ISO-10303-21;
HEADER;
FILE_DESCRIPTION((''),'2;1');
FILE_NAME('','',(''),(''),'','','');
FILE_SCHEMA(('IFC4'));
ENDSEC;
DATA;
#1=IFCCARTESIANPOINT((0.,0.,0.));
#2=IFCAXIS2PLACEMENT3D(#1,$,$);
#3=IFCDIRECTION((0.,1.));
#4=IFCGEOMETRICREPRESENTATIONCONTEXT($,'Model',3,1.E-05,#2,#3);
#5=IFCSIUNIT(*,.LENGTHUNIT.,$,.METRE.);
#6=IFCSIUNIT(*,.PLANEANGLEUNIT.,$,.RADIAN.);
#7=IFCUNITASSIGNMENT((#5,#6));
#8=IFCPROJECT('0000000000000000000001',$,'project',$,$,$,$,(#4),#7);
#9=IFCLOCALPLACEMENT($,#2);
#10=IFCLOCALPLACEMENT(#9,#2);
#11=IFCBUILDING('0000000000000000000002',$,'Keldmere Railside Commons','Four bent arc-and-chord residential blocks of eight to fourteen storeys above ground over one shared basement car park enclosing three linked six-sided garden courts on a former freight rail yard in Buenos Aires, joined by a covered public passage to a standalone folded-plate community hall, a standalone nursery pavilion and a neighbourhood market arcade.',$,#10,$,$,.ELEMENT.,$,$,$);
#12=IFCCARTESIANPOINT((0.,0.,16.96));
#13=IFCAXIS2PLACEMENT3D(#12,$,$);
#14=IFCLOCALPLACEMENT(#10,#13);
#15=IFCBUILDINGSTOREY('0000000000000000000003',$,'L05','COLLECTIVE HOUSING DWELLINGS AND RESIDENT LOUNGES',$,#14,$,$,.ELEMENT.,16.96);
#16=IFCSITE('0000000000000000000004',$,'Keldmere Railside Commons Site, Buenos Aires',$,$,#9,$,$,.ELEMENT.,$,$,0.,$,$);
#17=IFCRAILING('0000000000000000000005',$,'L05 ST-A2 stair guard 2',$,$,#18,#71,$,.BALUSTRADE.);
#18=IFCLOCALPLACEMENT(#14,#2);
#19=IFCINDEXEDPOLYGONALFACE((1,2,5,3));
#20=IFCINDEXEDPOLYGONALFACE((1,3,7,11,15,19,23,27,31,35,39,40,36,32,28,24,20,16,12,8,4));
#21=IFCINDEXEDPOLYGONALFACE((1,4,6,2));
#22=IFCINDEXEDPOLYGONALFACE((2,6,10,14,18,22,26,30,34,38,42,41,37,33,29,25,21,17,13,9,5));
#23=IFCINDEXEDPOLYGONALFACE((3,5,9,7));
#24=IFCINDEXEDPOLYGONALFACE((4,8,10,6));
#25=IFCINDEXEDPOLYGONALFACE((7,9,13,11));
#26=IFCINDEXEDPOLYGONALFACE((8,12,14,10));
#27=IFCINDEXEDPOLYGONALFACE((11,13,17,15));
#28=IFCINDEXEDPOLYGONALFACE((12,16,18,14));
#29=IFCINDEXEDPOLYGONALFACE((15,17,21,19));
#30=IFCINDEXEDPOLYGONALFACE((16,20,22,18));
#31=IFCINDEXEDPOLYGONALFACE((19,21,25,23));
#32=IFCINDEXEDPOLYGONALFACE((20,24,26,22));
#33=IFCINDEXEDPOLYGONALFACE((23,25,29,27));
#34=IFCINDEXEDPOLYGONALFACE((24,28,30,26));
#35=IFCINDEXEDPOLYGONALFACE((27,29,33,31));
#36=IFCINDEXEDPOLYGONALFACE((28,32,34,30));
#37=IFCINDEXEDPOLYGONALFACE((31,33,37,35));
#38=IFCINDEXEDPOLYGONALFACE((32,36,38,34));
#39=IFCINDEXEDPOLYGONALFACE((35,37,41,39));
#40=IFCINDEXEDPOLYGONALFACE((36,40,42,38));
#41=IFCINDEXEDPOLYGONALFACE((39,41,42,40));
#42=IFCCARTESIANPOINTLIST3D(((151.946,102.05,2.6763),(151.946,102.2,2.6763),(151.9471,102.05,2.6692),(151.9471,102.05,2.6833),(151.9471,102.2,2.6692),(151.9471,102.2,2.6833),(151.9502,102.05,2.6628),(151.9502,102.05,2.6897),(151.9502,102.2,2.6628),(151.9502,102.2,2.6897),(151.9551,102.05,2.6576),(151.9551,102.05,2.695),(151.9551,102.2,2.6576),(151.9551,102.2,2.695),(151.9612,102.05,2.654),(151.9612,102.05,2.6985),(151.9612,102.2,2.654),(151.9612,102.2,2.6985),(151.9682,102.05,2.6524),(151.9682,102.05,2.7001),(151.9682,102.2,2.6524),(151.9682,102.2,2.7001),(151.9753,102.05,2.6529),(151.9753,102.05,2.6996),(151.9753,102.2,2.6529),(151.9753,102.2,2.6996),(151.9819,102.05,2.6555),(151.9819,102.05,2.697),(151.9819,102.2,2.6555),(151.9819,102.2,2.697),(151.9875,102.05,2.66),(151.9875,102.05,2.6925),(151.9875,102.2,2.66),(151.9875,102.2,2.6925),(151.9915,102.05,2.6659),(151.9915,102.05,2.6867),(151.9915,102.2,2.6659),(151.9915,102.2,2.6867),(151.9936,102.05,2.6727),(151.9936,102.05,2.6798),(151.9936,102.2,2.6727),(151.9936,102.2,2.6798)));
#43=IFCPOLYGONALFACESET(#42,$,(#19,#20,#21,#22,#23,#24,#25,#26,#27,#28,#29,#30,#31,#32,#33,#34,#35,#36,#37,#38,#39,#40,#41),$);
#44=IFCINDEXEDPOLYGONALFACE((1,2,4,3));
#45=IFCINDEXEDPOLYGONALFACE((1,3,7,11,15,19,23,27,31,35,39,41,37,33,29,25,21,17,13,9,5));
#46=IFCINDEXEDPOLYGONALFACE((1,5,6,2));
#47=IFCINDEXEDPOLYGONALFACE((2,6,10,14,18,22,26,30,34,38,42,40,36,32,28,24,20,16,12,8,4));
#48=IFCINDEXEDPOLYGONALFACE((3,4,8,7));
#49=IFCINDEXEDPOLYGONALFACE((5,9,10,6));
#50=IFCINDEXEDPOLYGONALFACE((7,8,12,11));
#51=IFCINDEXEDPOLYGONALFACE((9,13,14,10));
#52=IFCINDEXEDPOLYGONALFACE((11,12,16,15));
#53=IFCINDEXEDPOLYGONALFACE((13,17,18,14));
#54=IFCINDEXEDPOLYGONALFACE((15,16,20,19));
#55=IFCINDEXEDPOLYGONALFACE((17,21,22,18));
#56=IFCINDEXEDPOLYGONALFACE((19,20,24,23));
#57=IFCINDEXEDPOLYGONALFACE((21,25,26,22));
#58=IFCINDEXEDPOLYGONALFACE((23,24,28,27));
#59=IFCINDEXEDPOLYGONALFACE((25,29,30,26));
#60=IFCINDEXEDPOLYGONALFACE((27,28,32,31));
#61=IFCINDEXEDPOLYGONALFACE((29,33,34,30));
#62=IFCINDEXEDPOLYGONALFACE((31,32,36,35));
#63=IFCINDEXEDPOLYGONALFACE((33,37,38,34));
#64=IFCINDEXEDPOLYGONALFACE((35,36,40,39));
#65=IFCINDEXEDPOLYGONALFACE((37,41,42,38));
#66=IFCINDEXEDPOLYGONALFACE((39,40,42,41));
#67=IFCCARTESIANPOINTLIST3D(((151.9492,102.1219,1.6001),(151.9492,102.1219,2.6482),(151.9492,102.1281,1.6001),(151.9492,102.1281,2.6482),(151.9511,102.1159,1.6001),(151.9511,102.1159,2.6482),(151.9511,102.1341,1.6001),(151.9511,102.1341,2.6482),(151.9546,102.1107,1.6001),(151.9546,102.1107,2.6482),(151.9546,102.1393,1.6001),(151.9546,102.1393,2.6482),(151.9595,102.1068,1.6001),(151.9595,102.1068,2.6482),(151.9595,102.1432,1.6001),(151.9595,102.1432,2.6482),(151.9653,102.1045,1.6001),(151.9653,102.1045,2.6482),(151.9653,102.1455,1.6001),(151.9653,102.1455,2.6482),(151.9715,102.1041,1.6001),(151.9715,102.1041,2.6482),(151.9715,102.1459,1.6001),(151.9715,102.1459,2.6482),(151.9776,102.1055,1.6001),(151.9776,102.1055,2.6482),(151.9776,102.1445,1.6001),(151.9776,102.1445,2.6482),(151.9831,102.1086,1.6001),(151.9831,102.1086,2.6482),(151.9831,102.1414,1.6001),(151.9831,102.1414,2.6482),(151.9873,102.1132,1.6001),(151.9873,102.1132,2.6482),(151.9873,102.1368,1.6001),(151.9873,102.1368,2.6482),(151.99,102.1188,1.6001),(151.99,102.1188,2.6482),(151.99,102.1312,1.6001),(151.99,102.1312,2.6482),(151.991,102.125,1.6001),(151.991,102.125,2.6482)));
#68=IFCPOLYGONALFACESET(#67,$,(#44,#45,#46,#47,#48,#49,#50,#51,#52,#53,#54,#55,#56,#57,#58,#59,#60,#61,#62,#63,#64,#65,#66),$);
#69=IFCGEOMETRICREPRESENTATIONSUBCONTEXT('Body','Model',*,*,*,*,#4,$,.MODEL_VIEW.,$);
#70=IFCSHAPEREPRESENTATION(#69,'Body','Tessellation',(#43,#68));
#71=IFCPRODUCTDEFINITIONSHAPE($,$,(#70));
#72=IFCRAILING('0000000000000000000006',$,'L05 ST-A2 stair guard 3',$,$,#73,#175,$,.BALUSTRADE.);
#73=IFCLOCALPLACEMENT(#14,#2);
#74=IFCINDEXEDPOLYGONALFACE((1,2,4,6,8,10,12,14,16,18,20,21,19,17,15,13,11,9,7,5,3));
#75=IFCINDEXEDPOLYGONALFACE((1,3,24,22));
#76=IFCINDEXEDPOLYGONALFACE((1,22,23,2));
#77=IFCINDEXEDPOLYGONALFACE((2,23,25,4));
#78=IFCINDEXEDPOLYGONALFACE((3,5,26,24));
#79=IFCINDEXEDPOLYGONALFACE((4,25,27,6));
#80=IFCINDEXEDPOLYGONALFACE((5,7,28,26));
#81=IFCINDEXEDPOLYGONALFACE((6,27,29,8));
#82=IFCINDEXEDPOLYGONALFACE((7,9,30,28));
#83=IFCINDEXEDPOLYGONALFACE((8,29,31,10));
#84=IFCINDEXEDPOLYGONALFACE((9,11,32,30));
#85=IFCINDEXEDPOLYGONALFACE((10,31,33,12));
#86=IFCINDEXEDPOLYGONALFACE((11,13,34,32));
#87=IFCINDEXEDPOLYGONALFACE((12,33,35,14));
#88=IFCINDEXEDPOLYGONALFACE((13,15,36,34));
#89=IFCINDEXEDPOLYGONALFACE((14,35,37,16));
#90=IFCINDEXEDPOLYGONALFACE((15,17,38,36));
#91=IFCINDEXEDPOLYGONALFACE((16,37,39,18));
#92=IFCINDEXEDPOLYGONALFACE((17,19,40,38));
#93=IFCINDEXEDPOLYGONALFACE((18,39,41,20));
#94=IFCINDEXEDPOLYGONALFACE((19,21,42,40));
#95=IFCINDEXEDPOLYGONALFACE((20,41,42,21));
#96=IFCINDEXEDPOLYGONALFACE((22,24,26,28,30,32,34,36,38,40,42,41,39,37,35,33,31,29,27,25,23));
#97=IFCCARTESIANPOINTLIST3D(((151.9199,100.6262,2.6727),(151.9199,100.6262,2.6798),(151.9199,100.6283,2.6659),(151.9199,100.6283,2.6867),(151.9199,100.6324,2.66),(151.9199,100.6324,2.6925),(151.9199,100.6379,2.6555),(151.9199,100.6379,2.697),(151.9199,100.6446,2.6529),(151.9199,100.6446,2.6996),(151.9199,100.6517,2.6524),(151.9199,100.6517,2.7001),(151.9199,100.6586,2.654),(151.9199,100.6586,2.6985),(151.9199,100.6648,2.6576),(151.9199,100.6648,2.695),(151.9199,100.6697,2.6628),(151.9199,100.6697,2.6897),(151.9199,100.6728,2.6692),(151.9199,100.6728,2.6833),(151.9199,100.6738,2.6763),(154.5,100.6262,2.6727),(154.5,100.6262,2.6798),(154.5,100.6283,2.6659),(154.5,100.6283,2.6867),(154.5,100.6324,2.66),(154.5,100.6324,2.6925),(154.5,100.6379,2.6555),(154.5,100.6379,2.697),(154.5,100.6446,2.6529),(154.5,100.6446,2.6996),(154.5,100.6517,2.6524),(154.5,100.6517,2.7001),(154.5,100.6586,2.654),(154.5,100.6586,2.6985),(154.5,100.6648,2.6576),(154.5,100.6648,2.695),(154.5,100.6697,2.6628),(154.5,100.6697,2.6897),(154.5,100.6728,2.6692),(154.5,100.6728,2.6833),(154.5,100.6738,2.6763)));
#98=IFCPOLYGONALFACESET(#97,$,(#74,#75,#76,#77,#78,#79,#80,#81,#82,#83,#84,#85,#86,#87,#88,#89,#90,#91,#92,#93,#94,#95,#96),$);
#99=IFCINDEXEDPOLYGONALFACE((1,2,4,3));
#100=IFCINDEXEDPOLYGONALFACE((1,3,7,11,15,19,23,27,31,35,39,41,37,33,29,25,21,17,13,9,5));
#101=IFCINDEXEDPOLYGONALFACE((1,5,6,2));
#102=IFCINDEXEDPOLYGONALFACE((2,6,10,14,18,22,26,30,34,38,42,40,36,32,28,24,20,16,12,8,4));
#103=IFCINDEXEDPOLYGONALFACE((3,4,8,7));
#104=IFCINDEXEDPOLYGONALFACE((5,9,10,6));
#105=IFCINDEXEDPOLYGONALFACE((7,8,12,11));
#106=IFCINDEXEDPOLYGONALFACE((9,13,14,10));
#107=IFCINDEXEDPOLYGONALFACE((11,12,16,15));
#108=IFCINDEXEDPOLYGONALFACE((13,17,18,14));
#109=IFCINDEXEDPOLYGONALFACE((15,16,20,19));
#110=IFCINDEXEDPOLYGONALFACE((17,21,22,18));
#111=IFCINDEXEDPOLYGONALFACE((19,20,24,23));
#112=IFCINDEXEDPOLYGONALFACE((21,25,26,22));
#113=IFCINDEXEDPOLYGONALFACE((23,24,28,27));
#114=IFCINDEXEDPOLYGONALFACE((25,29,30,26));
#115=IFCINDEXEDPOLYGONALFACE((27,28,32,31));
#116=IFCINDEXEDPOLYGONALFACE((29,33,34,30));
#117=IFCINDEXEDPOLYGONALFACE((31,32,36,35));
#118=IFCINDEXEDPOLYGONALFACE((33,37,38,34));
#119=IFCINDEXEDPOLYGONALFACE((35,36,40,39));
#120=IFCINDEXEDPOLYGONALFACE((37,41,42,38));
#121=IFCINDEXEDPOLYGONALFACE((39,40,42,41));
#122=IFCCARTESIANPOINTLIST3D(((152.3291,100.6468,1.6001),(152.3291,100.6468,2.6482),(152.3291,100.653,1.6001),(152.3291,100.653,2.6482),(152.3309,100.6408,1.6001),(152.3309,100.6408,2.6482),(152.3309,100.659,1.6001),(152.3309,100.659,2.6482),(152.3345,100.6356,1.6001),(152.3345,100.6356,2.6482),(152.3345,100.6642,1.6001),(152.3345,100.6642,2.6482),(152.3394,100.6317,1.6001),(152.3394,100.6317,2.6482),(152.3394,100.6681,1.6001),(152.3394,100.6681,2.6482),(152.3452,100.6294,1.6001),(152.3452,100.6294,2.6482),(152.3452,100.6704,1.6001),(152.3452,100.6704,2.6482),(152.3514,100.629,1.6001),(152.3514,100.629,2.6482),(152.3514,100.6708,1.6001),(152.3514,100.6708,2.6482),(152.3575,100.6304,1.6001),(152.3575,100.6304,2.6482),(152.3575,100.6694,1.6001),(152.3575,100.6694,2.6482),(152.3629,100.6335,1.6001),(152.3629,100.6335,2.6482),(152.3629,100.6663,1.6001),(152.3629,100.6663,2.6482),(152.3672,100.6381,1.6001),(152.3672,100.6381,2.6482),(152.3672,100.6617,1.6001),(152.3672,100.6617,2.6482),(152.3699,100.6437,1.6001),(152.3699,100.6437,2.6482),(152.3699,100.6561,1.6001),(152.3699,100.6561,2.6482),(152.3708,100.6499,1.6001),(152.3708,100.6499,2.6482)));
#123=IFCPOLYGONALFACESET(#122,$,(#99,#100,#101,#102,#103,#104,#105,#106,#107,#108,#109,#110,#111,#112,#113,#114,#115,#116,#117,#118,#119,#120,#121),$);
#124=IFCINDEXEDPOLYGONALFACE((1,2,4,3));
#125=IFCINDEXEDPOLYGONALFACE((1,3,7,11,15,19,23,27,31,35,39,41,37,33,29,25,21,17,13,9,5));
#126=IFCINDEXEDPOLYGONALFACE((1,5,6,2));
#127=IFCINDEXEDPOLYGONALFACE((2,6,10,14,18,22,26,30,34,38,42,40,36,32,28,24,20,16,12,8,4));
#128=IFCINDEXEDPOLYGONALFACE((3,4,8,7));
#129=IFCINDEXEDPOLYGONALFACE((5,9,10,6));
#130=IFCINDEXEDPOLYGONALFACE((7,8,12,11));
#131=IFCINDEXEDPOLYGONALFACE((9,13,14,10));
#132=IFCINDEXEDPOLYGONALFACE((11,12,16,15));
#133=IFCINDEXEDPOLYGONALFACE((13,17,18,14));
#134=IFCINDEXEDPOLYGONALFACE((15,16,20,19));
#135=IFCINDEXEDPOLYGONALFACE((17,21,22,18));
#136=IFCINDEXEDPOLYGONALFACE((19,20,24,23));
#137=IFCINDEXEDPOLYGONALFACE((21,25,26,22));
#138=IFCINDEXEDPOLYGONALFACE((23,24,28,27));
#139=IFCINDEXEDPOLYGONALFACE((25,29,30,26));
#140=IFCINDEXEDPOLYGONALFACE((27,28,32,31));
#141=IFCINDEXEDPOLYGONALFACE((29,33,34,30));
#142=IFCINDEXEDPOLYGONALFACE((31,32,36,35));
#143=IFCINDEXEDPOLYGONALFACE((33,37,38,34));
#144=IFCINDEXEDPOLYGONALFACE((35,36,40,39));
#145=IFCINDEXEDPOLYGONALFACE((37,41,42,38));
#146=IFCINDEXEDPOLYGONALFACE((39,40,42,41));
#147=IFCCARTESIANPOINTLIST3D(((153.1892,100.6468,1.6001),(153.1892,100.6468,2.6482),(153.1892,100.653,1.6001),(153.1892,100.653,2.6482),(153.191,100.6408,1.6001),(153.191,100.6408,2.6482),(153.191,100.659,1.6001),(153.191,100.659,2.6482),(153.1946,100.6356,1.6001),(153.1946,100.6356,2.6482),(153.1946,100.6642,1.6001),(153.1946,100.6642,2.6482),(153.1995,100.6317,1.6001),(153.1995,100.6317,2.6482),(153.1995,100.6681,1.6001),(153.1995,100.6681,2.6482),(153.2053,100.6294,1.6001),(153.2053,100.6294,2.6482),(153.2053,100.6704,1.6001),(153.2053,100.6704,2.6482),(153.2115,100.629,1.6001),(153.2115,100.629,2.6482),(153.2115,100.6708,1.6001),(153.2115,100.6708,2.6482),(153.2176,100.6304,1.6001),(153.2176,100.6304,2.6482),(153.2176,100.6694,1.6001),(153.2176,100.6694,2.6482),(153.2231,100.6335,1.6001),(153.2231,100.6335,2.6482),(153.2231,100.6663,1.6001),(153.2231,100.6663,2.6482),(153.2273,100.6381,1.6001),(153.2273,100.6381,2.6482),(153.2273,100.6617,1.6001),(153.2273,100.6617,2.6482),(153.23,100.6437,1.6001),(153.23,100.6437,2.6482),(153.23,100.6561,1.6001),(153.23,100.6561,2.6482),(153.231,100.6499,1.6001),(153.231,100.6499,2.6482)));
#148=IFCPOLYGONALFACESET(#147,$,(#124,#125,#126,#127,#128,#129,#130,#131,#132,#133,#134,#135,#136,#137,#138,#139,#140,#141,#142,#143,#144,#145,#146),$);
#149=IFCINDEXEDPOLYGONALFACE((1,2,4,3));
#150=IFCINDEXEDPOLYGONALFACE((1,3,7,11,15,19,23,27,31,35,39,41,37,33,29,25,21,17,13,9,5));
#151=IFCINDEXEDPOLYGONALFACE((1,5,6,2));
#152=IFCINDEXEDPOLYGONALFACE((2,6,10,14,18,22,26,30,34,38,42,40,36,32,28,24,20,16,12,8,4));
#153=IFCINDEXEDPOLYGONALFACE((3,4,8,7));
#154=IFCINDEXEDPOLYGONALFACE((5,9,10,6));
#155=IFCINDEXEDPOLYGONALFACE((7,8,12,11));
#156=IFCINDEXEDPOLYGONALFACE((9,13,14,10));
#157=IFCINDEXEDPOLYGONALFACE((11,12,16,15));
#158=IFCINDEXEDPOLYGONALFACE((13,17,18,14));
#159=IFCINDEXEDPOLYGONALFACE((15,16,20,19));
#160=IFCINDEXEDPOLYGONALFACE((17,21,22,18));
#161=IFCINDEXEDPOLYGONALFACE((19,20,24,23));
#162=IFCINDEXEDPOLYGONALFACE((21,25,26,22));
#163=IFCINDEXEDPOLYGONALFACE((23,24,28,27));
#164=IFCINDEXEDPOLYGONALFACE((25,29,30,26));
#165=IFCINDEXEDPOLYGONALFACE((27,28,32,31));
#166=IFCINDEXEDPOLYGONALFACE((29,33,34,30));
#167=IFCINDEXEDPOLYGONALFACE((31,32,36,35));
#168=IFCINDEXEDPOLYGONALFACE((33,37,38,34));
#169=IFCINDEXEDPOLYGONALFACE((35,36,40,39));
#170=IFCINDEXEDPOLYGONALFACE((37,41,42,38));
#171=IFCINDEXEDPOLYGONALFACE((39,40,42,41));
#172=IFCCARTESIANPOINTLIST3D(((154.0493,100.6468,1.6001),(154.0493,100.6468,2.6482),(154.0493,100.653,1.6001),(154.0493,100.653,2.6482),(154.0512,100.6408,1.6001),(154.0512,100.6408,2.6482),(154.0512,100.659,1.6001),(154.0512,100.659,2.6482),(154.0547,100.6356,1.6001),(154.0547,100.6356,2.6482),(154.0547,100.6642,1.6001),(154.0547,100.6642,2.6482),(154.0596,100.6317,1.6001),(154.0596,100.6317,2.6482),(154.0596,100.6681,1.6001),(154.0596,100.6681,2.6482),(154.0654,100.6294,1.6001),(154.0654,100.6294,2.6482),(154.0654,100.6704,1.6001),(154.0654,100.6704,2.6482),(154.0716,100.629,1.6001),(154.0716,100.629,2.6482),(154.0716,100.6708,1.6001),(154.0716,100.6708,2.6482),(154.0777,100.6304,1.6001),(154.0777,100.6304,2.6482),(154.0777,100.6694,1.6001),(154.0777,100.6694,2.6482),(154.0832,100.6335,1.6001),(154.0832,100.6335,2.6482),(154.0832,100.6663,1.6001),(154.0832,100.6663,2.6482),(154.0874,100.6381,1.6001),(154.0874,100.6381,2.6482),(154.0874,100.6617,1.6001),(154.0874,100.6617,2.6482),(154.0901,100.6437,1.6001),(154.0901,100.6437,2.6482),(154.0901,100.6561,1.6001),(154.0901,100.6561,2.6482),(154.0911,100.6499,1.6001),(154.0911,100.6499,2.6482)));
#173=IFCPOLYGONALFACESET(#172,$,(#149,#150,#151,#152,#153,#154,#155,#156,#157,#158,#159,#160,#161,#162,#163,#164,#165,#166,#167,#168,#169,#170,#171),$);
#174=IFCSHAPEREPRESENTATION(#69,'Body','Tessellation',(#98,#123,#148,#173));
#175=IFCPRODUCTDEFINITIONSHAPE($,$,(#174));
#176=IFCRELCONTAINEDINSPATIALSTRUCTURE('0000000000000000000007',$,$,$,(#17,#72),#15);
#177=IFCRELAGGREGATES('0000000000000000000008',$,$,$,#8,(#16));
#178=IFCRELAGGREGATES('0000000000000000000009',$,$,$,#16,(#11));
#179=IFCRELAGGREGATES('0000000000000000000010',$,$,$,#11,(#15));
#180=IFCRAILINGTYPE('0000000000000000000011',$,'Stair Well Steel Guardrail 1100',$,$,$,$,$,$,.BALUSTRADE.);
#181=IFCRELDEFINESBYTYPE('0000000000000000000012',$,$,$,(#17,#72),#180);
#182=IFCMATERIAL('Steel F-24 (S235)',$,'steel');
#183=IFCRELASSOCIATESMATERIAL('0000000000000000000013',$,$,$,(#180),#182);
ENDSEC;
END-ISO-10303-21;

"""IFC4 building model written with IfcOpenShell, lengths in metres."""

from ifc_helpers import new_model, si_unit, direction, frame, origin, origin_2d, place, context, subcontext, project, spatial, circle, extrude, material, type_object, element, save


model = new_model("IFC4")

# Units and contexts
model_context = context("Model", 3, precision=1e-05, world=origin(), true_north=direction((0.0, 1.0)))
body_context = subcontext(model_context, "Body", "Model", "MODEL_VIEW")
ifc_project = project(units=[si_unit("LENGTHUNIT", "METRE"), si_unit("PLANEANGLEUNIT", "RADIAN")], contexts=[model_context])

# Site, building, storey
site_placement = place(None, origin())
site = spatial("IfcSite", under=ifc_project, at=site_placement, Name="Keldmere Railside Commons Site, Buenos Aires", CompositionType="ELEMENT", RefElevation=0.0)
building_placement = place(site_placement, origin())
building = spatial("IfcBuilding", under=site, at=building_placement, Name="Keldmere Railside Commons", Description="Four bent arc-and-chord residential blocks of eight to fourteen storeys above ground over one shared basement car park enclosing three linked six-sided garden courts on a former freight rail yard in Buenos Aires, joined by a covered public passage to a standalone folded-plate community hall, a standalone nursery pavilion and a neighbourhood market arcade.", CompositionType="ELEMENT")
storey_placement = place(building_placement, frame((0.0, 0.0, 16.96)))
storey = spatial("IfcBuildingStorey", under=building, at=storey_placement, Name="L05", Description="COLLECTIVE HOUSING DWELLINGS AND RESIDENT LOUNGES", CompositionType="ELEMENT", Elevation=16.96)

# Shared definitions
ifc_material_1 = material(Name="Steel F-24 (S235)", Category="steel")

# Railings
railing_type_1 = type_object("IfcRailingType", Name="Stair Well Steel Guardrail 1100", PredefinedType="BALUSTRADE", material=ifc_material_1)
railing_1_placement = place(storey_placement, frame((151.97, 102.05, 1.6001)))
element("IfcRailing", 1, at=railing_1_placement, inside=storey, type_object=railing_type_1, Name="L05 ST-A2 stair guard 2", PredefinedType="BALUSTRADE", context=body_context, shape_type="SweptSolid", body=[
    extrude(circle(Radius=0.0239, at=origin_2d()), frame((0.0, 0.0, 1.0762), z_axis=(0.0, 1.0, 0.0), x_axis=(-1.0, 0.0, 0.0)), (0.0, 0.0, 1.0), 0.1499),
    extrude(circle(Radius=0.021, at=origin_2d()), frame((0.0, 0.075, 0.0)), (0.0, 0.0, 1.0), 1.0481),
])
for number, where, name in (
    (2, (151.9199, 100.6499, 1.6001), "L05 ST-A2 stair guard 3"),
):
    element("IfcRailing", number, at=place(storey_placement, frame(where)), inside=storey, type_object=railing_type_1, Name=name, PredefinedType="BALUSTRADE", context=body_context, shape_type="SweptSolid", body=[
        extrude(circle(Radius=0.0239, at=origin_2d()), frame((0.0, 0.0, 1.0762), z_axis=(1.0, 0.0, 0.0), x_axis=(0.0, 1.0, 0.0)), (0.0, 0.0, 1.0), 2.5801),
        extrude(circle(Radius=0.021, at=origin_2d()), frame((0.4299, 0.0, 0.0)), (0.0, 0.0, 1.0), 1.0481),
        extrude(circle(Radius=0.021, at=origin_2d()), frame((1.29, 0.0, 0.0)), (0.0, 0.0, 1.0), 1.0481),
        extrude(circle(Radius=0.021, at=origin_2d()), frame((2.1501, 0.0, 0.0)), (0.0, 0.0, 1.0), 1.0481),
    ])

save(model, "model.ifc")
